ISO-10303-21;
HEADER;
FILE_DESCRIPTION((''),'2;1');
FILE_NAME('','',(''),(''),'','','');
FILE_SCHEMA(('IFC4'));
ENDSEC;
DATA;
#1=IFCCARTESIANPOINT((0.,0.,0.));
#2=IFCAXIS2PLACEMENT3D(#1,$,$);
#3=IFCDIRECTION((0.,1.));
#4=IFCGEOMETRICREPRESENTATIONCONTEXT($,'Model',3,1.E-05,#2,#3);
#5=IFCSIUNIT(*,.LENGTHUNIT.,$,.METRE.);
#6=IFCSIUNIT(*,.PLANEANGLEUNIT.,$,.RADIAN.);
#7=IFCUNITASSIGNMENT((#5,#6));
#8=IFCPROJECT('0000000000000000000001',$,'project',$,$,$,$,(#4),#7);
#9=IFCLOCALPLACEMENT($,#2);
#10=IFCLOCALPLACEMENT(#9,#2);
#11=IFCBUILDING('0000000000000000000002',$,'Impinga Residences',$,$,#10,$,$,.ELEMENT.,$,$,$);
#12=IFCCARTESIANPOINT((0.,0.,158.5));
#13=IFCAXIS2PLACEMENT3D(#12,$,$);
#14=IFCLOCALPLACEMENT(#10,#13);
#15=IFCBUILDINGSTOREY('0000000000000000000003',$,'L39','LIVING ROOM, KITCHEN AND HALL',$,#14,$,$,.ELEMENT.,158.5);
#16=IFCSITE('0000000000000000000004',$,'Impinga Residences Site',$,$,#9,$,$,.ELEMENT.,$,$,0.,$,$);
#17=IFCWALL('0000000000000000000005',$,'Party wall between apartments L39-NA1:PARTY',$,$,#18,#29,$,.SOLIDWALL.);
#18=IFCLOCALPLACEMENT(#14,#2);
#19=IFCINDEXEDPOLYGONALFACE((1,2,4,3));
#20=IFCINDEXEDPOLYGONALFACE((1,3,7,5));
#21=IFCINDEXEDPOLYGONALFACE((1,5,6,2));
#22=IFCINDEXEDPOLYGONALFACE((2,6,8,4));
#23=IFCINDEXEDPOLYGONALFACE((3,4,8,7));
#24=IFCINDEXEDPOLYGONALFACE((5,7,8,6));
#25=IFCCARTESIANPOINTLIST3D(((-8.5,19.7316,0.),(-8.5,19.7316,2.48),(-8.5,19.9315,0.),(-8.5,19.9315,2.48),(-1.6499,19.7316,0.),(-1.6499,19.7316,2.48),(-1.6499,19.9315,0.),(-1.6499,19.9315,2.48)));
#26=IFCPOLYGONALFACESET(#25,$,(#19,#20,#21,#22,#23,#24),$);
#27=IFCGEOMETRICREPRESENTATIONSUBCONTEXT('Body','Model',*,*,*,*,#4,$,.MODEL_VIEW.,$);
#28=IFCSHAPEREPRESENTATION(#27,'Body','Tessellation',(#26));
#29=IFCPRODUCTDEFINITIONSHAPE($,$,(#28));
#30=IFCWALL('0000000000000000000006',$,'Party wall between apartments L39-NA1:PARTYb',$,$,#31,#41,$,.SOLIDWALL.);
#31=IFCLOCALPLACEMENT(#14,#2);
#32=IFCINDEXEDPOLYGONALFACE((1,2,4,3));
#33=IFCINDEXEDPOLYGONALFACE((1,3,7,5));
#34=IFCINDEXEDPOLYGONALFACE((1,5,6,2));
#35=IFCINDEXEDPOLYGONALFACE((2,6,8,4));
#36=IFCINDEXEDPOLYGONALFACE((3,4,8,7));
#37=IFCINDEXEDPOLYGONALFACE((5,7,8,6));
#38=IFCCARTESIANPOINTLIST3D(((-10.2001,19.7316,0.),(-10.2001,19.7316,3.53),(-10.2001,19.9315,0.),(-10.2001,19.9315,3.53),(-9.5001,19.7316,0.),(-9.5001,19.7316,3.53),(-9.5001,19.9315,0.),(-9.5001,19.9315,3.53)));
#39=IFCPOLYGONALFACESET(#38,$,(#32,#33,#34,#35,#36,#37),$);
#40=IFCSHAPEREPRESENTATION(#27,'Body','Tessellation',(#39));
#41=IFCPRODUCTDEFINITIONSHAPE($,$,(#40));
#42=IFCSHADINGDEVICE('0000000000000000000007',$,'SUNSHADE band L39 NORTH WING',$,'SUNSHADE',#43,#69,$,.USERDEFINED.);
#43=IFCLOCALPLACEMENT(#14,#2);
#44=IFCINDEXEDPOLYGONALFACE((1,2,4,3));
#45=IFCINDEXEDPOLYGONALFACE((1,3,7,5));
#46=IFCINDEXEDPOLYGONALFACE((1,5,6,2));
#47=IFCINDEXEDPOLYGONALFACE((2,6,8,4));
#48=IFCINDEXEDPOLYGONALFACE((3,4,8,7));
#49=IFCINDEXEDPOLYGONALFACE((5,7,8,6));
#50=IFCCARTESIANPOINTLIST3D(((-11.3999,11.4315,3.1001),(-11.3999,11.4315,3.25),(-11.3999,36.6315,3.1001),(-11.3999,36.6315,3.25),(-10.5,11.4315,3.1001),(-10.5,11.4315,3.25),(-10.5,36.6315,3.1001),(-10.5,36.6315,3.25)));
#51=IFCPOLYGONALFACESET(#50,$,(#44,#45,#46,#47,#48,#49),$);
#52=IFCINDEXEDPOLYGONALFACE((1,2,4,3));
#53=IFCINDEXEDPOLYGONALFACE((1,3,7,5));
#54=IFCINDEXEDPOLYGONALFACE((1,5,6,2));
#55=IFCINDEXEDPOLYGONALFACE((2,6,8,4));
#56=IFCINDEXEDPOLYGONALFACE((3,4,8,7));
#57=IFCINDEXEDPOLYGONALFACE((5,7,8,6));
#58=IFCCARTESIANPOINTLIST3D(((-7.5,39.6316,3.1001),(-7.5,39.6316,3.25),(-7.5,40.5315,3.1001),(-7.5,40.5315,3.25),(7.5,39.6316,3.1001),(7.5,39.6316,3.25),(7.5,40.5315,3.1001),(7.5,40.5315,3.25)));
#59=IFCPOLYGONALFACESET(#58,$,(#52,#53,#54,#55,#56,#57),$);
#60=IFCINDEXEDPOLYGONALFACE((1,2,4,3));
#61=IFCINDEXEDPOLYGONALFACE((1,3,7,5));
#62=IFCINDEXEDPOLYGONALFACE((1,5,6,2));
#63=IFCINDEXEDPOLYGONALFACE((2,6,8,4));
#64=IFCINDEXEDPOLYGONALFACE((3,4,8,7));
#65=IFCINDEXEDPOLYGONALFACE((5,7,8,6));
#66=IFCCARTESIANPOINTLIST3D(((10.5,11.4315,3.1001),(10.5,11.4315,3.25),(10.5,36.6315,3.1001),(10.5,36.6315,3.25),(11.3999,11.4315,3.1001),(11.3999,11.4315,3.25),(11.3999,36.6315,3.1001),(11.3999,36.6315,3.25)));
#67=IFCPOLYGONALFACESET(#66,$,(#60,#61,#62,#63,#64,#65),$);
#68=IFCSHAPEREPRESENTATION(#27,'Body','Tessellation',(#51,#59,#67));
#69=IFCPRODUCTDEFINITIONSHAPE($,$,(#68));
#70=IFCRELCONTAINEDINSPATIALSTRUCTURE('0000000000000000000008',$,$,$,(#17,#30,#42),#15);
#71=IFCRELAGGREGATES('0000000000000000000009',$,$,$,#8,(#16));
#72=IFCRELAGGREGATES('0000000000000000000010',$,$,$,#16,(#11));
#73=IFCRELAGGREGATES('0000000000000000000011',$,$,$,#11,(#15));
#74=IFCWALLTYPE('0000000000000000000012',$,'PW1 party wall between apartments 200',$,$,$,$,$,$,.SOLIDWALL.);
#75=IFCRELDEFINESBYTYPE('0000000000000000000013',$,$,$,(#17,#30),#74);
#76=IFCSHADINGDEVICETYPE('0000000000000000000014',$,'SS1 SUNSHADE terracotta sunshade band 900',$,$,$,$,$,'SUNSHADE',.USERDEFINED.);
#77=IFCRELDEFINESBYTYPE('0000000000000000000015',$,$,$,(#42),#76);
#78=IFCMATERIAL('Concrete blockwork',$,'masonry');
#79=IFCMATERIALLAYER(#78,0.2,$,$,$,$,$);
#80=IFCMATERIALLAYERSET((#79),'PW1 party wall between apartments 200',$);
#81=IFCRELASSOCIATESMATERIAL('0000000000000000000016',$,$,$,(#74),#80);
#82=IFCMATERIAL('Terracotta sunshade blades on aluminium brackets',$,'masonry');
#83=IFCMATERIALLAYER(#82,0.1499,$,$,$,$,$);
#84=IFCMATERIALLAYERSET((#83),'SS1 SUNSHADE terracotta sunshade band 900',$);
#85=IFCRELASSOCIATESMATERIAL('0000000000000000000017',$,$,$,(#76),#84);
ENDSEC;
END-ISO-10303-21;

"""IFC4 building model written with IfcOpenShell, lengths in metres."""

from ifc_helpers import new_model, si_unit, direction, frame, frame_2d, origin, origin_2d, place, context, subcontext, project, spatial, rectangle, extrude, material, layer, layer_set, type_object, element, save


model = new_model("IFC4")

# Units and contexts
model_context = context("Model", 3, precision=1e-05, world=origin(), true_north=direction((0.0, 1.0)))
body_context = subcontext(model_context, "Body", "Model", "MODEL_VIEW")
ifc_project = project(units=[si_unit("LENGTHUNIT", "METRE"), si_unit("PLANEANGLEUNIT", "RADIAN")], contexts=[model_context])

# Site, building, storey
site_placement = place(None, origin())
site = spatial("IfcSite", under=ifc_project, at=site_placement, Name="Impinga Residences Site", CompositionType="ELEMENT", RefElevation=0.0)
building_placement = place(site_placement, origin())
building = spatial("IfcBuilding", under=site, at=building_placement, Name="Impinga Residences", CompositionType="ELEMENT")
storey_placement = place(building_placement, frame((0.0, 0.0, 158.5)))
storey = spatial("IfcBuildingStorey", under=building, at=storey_placement, Name="L39", Description="LIVING ROOM, KITCHEN AND HALL", CompositionType="ELEMENT", Elevation=158.5)

# Walls
ifc_material_1 = material(Name="Concrete blockwork", Category="masonry")
ifc_layer_1 = layer(ifc_material_1, 0.2)
ifc_layer_set_1 = layer_set([ifc_layer_1], Name="PW1 party wall between apartments 200")
wall_type_1 = type_object("IfcWallType", Name="PW1 party wall between apartments 200", PredefinedType="SOLIDWALL", material=ifc_layer_set_1)
wall_1_placement = place(storey_placement, frame((-1.6499, 19.8315, 0.0), z_axis=(0.0, 0.0, 1.0), x_axis=(-1.0, 0.0, 0.0)))
element("IfcWall", 1, at=wall_1_placement, inside=storey, type_object=wall_type_1, Name="Party wall between apartments L39-NA1:PARTY", PredefinedType="SOLIDWALL", context=body_context, shape_type="SweptSolid", body=[
    extrude(rectangle(XDim=6.8501, YDim=0.2, at=frame_2d((3.425, 0.0))), origin(), (0.0, 0.0, 1.0), 2.48),
])
wall_2_placement = place(storey_placement, frame((-9.5, 19.8315, 0.0), z_axis=(0.0, 0.0, 1.0), x_axis=(-1.0, 0.0, 0.0)))
element("IfcWall", 2, at=wall_2_placement, inside=storey, type_object=wall_type_1, Name="Party wall between apartments L39-NA1:PARTYb", PredefinedType="SOLIDWALL", context=body_context, shape_type="SweptSolid", body=[
    extrude(rectangle(XDim=0.7, YDim=0.2, at=frame_2d((0.3501, 0.0))), origin(), (0.0, 0.0, 1.0), 3.53),
])

# Shading device
ifc_material_2 = material(Name="Terracotta sunshade blades on aluminium brackets", Category="masonry")
ifc_layer_2 = layer(ifc_material_2, 0.1499)
ifc_layer_set_2 = layer_set([ifc_layer_2], Name="SS1 SUNSHADE terracotta sunshade band 900")
shading_device_type = type_object("IfcShadingDeviceType", Name="SS1 SUNSHADE terracotta sunshade band 900", ElementType="SUNSHADE", PredefinedType="USERDEFINED", material=ifc_layer_set_2)
shading_device_placement = place(storey_placement, frame((-10.95, 24.0315, 3.1001), z_axis=(0.0, 0.0, 1.0), x_axis=(0.0, 1.0, 0.0)))
element("IfcShadingDevice", 3, at=shading_device_placement, inside=storey, type_object=shading_device_type, Name="SUNSHADE band L39 NORTH WING", ObjectType="SUNSHADE", PredefinedType="USERDEFINED", context=body_context, shape_type="SweptSolid", body=[
    extrude(rectangle(XDim=25.2, YDim=0.8999, at=origin_2d()), origin(), (0.0, 0.0, 1.0), 0.1499),
    extrude(rectangle(XDim=15.0, YDim=0.8999, at=origin_2d()), frame((16.05, -10.95, 0.0), z_axis=(0.0, 0.0, 1.0), x_axis=(0.0, -1.0, 0.0)), (0.0, 0.0, 1.0), 0.1499),
    extrude(rectangle(XDim=25.2, YDim=0.8999, at=origin_2d()), frame((0.0, -21.8999, 0.0), z_axis=(0.0, 0.0, 1.0), x_axis=(-1.0, 0.0, 0.0)), (0.0, 0.0, 1.0), 0.1499),
])

save(model, "model.ifc")
